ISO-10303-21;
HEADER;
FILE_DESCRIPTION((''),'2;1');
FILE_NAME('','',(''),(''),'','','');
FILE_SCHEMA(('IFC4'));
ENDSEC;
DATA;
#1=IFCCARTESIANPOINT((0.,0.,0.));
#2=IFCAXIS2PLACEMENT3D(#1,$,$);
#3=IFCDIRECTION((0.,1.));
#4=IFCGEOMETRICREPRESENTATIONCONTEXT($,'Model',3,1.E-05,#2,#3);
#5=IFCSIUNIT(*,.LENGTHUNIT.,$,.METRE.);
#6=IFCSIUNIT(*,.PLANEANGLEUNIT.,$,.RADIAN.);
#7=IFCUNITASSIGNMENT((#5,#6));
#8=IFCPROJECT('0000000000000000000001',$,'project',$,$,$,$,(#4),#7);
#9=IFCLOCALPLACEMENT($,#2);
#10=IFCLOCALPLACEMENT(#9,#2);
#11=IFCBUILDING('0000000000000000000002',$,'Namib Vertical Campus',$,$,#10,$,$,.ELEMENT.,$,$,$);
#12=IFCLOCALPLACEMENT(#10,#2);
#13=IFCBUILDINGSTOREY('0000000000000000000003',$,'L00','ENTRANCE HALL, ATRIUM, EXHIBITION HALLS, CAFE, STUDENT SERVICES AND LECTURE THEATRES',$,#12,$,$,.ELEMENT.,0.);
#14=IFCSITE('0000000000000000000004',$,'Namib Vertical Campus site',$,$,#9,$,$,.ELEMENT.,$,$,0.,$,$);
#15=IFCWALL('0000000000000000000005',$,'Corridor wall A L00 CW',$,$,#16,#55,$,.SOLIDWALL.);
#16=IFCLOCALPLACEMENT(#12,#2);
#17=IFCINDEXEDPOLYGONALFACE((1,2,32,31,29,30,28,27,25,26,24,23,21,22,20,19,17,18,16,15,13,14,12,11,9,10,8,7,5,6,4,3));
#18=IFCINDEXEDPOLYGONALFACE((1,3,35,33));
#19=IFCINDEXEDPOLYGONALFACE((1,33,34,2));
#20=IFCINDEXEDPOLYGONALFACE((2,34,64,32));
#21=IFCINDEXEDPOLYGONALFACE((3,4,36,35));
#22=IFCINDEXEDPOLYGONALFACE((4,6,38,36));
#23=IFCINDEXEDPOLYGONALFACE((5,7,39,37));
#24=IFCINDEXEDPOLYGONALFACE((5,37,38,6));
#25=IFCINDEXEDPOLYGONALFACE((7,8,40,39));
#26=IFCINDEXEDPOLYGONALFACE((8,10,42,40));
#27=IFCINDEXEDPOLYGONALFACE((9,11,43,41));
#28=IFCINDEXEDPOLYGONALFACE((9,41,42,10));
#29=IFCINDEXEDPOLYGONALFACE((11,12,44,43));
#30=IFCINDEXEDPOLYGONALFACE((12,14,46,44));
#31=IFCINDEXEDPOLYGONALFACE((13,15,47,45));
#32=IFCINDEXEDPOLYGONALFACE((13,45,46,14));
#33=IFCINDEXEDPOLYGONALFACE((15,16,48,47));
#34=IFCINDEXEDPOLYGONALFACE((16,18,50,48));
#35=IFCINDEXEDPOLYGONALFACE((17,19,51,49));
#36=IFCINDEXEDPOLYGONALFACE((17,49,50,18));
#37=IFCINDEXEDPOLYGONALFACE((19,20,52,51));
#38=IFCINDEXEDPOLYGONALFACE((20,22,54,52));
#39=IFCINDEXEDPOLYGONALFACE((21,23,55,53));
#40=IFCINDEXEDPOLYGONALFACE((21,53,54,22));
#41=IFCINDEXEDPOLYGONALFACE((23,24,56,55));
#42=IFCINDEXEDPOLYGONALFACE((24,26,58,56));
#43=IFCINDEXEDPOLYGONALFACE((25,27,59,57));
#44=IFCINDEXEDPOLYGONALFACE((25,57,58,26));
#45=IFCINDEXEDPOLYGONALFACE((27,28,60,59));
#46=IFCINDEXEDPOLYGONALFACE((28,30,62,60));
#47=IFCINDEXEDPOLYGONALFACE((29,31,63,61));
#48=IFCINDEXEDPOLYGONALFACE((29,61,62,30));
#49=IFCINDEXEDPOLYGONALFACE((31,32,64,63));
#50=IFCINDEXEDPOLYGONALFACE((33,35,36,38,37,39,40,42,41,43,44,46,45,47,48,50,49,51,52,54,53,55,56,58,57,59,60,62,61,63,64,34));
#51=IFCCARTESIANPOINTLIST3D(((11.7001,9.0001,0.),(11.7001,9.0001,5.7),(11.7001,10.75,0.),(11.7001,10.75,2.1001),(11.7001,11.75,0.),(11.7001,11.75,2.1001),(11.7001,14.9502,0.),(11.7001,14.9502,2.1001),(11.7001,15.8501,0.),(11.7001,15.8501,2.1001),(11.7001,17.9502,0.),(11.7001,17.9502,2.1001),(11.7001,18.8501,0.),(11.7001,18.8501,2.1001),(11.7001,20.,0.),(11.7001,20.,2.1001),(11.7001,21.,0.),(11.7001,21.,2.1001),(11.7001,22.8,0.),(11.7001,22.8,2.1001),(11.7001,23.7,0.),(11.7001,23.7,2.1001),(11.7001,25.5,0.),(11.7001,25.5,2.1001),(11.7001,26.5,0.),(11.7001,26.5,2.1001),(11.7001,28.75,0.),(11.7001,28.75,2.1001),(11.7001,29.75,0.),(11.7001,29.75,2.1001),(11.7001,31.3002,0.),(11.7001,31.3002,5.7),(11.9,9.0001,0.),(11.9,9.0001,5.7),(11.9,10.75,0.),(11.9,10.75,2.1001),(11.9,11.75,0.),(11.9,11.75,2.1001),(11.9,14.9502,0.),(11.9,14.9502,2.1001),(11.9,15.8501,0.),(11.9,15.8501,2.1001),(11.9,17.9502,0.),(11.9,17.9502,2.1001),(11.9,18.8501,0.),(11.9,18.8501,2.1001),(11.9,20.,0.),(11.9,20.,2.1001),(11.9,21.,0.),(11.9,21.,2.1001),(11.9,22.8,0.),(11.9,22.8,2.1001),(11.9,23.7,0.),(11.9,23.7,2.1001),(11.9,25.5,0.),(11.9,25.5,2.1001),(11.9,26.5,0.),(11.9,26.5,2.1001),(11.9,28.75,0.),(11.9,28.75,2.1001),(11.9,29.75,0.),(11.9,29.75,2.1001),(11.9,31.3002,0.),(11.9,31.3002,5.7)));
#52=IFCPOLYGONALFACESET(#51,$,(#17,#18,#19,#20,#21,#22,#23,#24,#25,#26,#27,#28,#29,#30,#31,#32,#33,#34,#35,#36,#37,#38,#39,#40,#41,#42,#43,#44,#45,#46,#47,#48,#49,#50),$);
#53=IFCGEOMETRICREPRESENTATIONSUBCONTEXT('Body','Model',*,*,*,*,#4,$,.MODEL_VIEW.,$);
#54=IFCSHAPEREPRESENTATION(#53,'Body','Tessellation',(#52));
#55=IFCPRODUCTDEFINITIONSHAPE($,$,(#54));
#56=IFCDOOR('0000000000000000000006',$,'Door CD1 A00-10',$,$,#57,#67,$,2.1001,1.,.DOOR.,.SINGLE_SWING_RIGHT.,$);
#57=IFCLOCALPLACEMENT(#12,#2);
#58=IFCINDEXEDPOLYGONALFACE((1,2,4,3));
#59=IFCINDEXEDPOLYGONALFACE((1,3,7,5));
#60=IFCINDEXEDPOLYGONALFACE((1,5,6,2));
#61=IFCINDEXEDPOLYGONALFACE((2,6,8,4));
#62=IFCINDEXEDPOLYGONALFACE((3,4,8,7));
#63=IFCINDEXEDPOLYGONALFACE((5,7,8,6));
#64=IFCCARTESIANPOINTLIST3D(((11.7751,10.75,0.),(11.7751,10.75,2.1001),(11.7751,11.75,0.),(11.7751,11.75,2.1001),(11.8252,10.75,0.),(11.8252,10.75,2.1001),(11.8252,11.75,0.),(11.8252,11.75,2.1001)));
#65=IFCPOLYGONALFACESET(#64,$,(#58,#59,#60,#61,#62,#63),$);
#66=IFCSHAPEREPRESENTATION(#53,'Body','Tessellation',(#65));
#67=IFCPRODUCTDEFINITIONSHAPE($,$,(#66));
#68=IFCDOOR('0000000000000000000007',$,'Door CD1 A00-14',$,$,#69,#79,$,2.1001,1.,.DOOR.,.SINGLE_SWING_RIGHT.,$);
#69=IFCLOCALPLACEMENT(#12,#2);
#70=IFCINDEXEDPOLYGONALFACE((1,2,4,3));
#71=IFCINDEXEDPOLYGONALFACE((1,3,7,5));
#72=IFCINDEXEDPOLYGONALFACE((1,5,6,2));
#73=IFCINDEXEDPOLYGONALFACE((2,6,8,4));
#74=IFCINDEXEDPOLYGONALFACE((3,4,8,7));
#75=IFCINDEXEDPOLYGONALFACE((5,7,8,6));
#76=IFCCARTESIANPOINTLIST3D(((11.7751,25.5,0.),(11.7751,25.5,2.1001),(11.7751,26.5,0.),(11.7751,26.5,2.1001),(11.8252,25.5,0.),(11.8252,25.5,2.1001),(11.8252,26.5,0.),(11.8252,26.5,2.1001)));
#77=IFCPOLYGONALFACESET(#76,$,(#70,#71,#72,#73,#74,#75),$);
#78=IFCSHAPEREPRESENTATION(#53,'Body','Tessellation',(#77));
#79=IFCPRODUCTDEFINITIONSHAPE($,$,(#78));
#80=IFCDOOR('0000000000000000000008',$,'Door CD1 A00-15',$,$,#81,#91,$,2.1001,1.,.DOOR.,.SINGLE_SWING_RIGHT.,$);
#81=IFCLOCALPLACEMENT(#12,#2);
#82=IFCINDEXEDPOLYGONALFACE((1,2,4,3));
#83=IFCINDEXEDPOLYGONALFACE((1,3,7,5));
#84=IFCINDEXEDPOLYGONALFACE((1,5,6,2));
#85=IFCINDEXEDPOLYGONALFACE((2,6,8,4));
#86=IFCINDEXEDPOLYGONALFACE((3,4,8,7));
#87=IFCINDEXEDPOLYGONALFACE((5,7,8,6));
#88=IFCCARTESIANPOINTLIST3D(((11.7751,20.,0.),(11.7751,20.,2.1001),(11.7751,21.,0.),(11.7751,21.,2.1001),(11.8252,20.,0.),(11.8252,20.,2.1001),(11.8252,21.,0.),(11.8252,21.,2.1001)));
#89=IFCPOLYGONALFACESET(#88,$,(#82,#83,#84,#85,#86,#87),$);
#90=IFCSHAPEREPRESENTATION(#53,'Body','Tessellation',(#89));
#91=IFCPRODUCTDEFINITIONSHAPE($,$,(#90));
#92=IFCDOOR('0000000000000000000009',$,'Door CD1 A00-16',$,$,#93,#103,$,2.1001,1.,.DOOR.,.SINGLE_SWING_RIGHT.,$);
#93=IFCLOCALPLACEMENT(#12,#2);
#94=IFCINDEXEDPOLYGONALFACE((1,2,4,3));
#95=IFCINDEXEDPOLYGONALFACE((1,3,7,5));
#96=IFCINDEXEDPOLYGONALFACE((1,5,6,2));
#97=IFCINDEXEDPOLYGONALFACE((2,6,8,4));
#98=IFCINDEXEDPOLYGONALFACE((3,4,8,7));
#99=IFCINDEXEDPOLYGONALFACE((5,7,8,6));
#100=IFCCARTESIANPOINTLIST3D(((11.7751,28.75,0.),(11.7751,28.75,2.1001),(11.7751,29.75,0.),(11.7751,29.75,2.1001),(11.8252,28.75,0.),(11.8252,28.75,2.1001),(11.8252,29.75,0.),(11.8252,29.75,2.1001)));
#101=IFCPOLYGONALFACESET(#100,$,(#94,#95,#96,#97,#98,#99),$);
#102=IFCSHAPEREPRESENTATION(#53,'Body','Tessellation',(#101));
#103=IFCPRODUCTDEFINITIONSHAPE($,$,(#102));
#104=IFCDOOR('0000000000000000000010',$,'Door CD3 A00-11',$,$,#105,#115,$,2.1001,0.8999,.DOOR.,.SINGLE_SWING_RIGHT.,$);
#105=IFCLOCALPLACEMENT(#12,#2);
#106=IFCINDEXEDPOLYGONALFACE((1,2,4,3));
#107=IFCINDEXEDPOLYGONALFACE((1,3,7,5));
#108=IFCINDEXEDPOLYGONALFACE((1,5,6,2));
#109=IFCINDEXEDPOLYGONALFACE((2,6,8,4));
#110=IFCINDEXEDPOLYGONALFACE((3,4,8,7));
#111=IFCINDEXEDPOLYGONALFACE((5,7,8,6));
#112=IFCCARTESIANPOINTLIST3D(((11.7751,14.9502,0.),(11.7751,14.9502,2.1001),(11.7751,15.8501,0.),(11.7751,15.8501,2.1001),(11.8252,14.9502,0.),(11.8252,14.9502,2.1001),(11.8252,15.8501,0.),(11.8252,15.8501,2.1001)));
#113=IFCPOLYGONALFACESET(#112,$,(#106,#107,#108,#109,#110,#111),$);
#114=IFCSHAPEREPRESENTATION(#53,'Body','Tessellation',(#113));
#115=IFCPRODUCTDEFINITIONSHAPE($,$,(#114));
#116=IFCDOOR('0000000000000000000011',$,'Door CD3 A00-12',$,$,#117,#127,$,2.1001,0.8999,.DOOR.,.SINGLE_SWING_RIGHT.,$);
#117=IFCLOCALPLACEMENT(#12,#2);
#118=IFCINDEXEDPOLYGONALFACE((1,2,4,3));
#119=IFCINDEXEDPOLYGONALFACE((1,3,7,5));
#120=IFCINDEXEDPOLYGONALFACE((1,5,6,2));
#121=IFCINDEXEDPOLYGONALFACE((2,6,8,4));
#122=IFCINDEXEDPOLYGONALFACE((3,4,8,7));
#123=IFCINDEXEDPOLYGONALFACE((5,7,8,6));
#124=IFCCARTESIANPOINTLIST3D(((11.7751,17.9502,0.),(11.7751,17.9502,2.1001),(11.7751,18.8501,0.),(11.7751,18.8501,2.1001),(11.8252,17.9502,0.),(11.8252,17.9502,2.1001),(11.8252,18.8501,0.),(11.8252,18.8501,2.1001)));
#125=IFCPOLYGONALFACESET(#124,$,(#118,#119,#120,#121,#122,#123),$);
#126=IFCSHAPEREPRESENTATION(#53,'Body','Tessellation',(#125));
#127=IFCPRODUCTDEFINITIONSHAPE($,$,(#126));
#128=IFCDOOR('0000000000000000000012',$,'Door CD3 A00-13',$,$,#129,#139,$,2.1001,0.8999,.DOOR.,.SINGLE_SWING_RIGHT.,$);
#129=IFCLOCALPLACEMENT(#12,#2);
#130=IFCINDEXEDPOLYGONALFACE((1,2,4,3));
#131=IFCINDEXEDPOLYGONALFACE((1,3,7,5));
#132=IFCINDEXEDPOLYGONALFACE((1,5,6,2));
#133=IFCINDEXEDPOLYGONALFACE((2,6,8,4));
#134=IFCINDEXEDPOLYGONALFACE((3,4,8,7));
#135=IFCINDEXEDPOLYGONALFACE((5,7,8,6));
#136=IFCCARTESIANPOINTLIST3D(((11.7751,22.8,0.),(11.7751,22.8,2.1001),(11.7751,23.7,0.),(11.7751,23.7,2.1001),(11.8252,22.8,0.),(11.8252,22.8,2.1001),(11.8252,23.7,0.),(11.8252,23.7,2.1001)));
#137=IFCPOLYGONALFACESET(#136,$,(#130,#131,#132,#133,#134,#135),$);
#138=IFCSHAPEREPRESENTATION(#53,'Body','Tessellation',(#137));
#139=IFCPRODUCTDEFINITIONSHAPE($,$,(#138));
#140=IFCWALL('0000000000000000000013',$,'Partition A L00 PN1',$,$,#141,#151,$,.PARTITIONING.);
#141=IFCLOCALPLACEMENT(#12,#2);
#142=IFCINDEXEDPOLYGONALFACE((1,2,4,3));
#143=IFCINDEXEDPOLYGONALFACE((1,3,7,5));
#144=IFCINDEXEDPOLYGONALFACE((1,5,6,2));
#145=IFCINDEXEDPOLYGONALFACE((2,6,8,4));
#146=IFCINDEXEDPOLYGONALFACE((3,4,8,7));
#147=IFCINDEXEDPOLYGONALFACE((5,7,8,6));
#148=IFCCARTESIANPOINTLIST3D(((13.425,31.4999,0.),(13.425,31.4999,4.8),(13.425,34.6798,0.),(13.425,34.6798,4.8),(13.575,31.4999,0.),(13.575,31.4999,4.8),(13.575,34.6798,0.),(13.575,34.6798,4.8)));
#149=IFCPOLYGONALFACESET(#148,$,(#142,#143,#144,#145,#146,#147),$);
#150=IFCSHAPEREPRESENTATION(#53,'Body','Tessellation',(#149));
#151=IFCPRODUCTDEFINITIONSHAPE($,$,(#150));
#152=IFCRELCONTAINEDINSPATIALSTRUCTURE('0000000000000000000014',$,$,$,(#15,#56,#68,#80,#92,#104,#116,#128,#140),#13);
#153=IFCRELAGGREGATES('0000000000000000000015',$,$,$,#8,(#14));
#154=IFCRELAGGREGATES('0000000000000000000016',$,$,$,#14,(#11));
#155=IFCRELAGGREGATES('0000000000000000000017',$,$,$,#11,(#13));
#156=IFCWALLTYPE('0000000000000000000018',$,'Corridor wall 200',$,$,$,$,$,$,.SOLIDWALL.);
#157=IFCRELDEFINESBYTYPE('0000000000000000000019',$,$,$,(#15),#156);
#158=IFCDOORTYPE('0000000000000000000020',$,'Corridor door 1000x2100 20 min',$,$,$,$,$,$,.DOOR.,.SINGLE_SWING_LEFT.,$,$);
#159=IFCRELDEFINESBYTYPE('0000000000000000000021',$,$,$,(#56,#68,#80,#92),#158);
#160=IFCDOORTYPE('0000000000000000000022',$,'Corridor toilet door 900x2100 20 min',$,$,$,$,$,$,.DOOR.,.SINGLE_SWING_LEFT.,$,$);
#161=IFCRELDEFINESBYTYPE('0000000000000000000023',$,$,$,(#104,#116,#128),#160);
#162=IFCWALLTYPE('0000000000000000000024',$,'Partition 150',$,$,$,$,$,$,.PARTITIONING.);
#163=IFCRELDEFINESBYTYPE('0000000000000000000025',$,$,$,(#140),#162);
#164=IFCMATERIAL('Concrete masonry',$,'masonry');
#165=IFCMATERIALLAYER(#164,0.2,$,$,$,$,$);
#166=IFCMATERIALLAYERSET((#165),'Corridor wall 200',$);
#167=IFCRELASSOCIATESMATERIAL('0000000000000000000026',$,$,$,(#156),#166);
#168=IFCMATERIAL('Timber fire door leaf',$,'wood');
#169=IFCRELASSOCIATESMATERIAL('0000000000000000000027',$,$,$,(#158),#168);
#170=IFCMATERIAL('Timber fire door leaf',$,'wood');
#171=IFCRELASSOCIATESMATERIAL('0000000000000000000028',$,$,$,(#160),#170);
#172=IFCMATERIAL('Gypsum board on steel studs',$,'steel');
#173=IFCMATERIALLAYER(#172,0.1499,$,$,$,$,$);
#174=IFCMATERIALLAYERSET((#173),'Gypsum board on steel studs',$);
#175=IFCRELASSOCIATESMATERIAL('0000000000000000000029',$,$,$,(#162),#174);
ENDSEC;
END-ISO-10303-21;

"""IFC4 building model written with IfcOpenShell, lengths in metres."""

from ifc_helpers import new_model, si_unit, direction, frame, frame_2d, origin, place, context, subcontext, project, spatial, rectangle, extrude, material, layer, layer_set, type_object, element, fill, save


model = new_model("IFC4")

# Units and contexts
model_context = context("Model", 3, precision=1e-05, world=origin(), true_north=direction((0.0, 1.0)))
body_context = subcontext(model_context, "Body", "Model", "MODEL_VIEW")
ifc_project = project(units=[si_unit("LENGTHUNIT", "METRE"), si_unit("PLANEANGLEUNIT", "RADIAN")], contexts=[model_context])

# Site, building, storey
site_placement = place(None, origin())
site = spatial("IfcSite", under=ifc_project, at=site_placement, Name="Namib Vertical Campus site", CompositionType="ELEMENT", RefElevation=0.0)
building_placement = place(site_placement, origin())
building = spatial("IfcBuilding", under=site, at=building_placement, Name="Namib Vertical Campus", CompositionType="ELEMENT")
storey_placement = place(building_placement, origin())
storey = spatial("IfcBuildingStorey", under=building, at=storey_placement, Name="L00", Description="ENTRANCE HALL, ATRIUM, EXHIBITION HALLS, CAFE, STUDENT SERVICES AND LECTURE THEATRES", CompositionType="ELEMENT", Elevation=0.0)

# Wall, openings, doors
ifc_material_1 = material(Name="Concrete masonry", Category="masonry")
ifc_layer_1 = layer(ifc_material_1, 0.2)
ifc_layer_set_1 = layer_set([ifc_layer_1], Name="Corridor wall 200")
wall_type_1 = type_object("IfcWallType", Name="Corridor wall 200", PredefinedType="SOLIDWALL", material=ifc_layer_set_1)
wall_1_placement = place(storey_placement, frame((11.8, 31.3, 0.0), z_axis=(0.0, 0.0, 1.0), x_axis=(0.0, -1.0, 0.0)))
wall_1 = element("IfcWall", 1, at=wall_1_placement, inside=storey, type_object=wall_type_1, Name="Corridor wall A L00 CW", PredefinedType="SOLIDWALL", context=body_context, shape_type="SweptSolid", body=[
    extrude(rectangle(XDim=22.3, YDim=0.2, at=frame_2d((11.1499, 0.0))), origin(), (0.0, 0.0, 1.0), 5.7),
])
opening_1_placement = place(wall_1_placement, frame((19.55, 0.0, 0.0)))
opening_1 = element("IfcOpeningElement", 2, at=opening_1_placement, cuts=wall_1, PredefinedType="OPENING", context=body_context, shape_type="SweptSolid", body=[
    extrude(rectangle(XDim=1.0, YDim=2.1001, at=frame_2d((0.5, 1.05))), frame((0.0, 0.1099, 0.0), z_axis=(0.0, -1.0, 0.0), x_axis=(1.0, 0.0, 0.0)), (0.0, 0.0, 1.0), 0.22),
])
opening_2_placement = place(wall_1_placement, frame((15.45, 0.0, 0.0)))
opening_2 = element("IfcOpeningElement", 3, at=opening_2_placement, cuts=wall_1, PredefinedType="OPENING", context=body_context, shape_type="SweptSolid", body=[
    extrude(rectangle(XDim=0.8999, YDim=2.1001, at=frame_2d((0.45, 1.05))), frame((0.0, 0.1099, 0.0), z_axis=(0.0, -1.0, 0.0), x_axis=(1.0, 0.0, 0.0)), (0.0, 0.0, 1.0), 0.22),
])
opening_3_placement = place(wall_1_placement, frame((12.45, 0.0, 0.0)))
opening_3 = element("IfcOpeningElement", 4, at=opening_3_placement, cuts=wall_1, PredefinedType="OPENING", context=body_context, shape_type="SweptSolid", body=[
    extrude(rectangle(XDim=0.8999, YDim=2.1001, at=frame_2d((0.45, 1.05))), frame((0.0, 0.1099, 0.0), z_axis=(0.0, -1.0, 0.0), x_axis=(1.0, 0.0, 0.0)), (0.0, 0.0, 1.0), 0.22),
])
opening_4_placement = place(wall_1_placement, frame((7.6001, 0.0, 0.0)))
opening_4 = element("IfcOpeningElement", 5, at=opening_4_placement, cuts=wall_1, PredefinedType="OPENING", context=body_context, shape_type="SweptSolid", body=[
    extrude(rectangle(XDim=0.8999, YDim=2.1001, at=frame_2d((0.45, 1.05))), frame((0.0, 0.1099, 0.0), z_axis=(0.0, -1.0, 0.0), x_axis=(1.0, 0.0, 0.0)), (0.0, 0.0, 1.0), 0.22),
])
opening_5_placement = place(wall_1_placement, frame((4.8, 0.0, 0.0)))
opening_5 = element("IfcOpeningElement", 6, at=opening_5_placement, cuts=wall_1, PredefinedType="OPENING", context=body_context, shape_type="SweptSolid", body=[
    extrude(rectangle(XDim=1.0, YDim=2.1001, at=frame_2d((0.5, 1.05))), frame((0.0, 0.1099, 0.0), z_axis=(0.0, -1.0, 0.0), x_axis=(1.0, 0.0, 0.0)), (0.0, 0.0, 1.0), 0.22),
])
opening_6_placement = place(wall_1_placement, frame((10.3, 0.0, 0.0)))
opening_6 = element("IfcOpeningElement", 7, at=opening_6_placement, cuts=wall_1, PredefinedType="OPENING", context=body_context, shape_type="SweptSolid", body=[
    extrude(rectangle(XDim=1.0, YDim=2.1001, at=frame_2d((0.5, 1.05))), frame((0.0, 0.1099, 0.0), z_axis=(0.0, -1.0, 0.0), x_axis=(1.0, 0.0, 0.0)), (0.0, 0.0, 1.0), 0.22),
])
opening_7_placement = place(wall_1_placement, frame((1.55, 0.0, 0.0)))
opening_7 = element("IfcOpeningElement", 8, at=opening_7_placement, cuts=wall_1, PredefinedType="OPENING", context=body_context, shape_type="SweptSolid", body=[
    extrude(rectangle(XDim=1.0, YDim=2.1001, at=frame_2d((0.5, 1.05))), frame((0.0, 0.1099, 0.0), z_axis=(0.0, -1.0, 0.0), x_axis=(1.0, 0.0, 0.0)), (0.0, 0.0, 1.0), 0.22),
])
ifc_material_2 = material(Name="Timber fire door leaf", Category="wood")
door_type_1 = type_object("IfcDoorType", Name="Corridor door 1000x2100 20 min", OperationType="SINGLE_SWING_LEFT", PredefinedType="DOOR", material=ifc_material_2)
door_1_placement = place(opening_1_placement, frame((1.0, 0.0, 0.0), z_axis=(0.0, 0.0, 1.0), x_axis=(-1.0, 0.0, 0.0)))
door_1 = element("IfcDoor", 9, at=door_1_placement, inside=storey, type_object=door_type_1, Name="Door CD1 A00-10", OperationType="SINGLE_SWING_RIGHT", OverallHeight=2.1001, OverallWidth=1.0, PredefinedType="DOOR", context=body_context, shape_type="SweptSolid", body=[
    extrude(rectangle(XDim=1.0, YDim=2.1001, at=frame_2d((0.5, 1.05))), frame((0.0, 0.0249, 0.0), z_axis=(0.0, -1.0, 0.0), x_axis=(1.0, 0.0, 0.0)), (0.0, 0.0, 1.0), 0.05),
])
fill(opening_1, door_1)
door_2_placement = place(opening_5_placement, frame((1.0, 0.0, 0.0), z_axis=(0.0, 0.0, 1.0), x_axis=(-1.0, 0.0, 0.0)))
door_2 = element("IfcDoor", 10, at=door_2_placement, inside=storey, type_object=door_type_1, Name="Door CD1 A00-14", OperationType="SINGLE_SWING_RIGHT", OverallHeight=2.1001, OverallWidth=1.0, PredefinedType="DOOR", context=body_context, shape_type="SweptSolid", body=[
    extrude(rectangle(XDim=1.0, YDim=2.1001, at=frame_2d((0.5, 1.05))), frame((0.0, 0.0249, 0.0), z_axis=(0.0, -1.0, 0.0), x_axis=(1.0, 0.0, 0.0)), (0.0, 0.0, 1.0), 0.05),
])
fill(opening_5, door_2)
door_3_placement = place(opening_6_placement, frame((1.0, 0.0, 0.0), z_axis=(0.0, 0.0, 1.0), x_axis=(-1.0, 0.0, 0.0)))
door_3 = element("IfcDoor", 11, at=door_3_placement, inside=storey, type_object=door_type_1, Name="Door CD1 A00-15", OperationType="SINGLE_SWING_RIGHT", OverallHeight=2.1001, OverallWidth=1.0, PredefinedType="DOOR", context=body_context, shape_type="SweptSolid", body=[
    extrude(rectangle(XDim=1.0, YDim=2.1001, at=frame_2d((0.5, 1.05))), frame((0.0, 0.0249, 0.0), z_axis=(0.0, -1.0, 0.0), x_axis=(1.0, 0.0, 0.0)), (0.0, 0.0, 1.0), 0.05),
])
fill(opening_6, door_3)
door_4_placement = place(opening_7_placement, frame((1.0, 0.0, 0.0), z_axis=(0.0, 0.0, 1.0), x_axis=(-1.0, 0.0, 0.0)))
door_4 = element("IfcDoor", 12, at=door_4_placement, inside=storey, type_object=door_type_1, Name="Door CD1 A00-16", OperationType="SINGLE_SWING_RIGHT", OverallHeight=2.1001, OverallWidth=1.0, PredefinedType="DOOR", context=body_context, shape_type="SweptSolid", body=[
    extrude(rectangle(XDim=1.0, YDim=2.1001, at=frame_2d((0.5, 1.05))), frame((0.0, 0.0249, 0.0), z_axis=(0.0, -1.0, 0.0), x_axis=(1.0, 0.0, 0.0)), (0.0, 0.0, 1.0), 0.05),
])
fill(opening_7, door_4)
ifc_material_3 = material(Name="Timber fire door leaf", Category="wood")
door_type_2 = type_object("IfcDoorType", Name="Corridor toilet door 900x2100 20 min", OperationType="SINGLE_SWING_LEFT", PredefinedType="DOOR", material=ifc_material_3)
door_5_placement = place(opening_2_placement, frame((0.8999, 0.0, 0.0), z_axis=(0.0, 0.0, 1.0), x_axis=(-1.0, 0.0, 0.0)))
door_5 = element("IfcDoor", 13, at=door_5_placement, inside=storey, type_object=door_type_2, Name="Door CD3 A00-11", OperationType="SINGLE_SWING_RIGHT", OverallHeight=2.1001, OverallWidth=0.8999, PredefinedType="DOOR", context=body_context, shape_type="SweptSolid", body=[
    extrude(rectangle(XDim=0.8999, YDim=2.1001, at=frame_2d((0.45, 1.05))), frame((0.0, 0.0249, 0.0), z_axis=(0.0, -1.0, 0.0), x_axis=(1.0, 0.0, 0.0)), (0.0, 0.0, 1.0), 0.05),
])
fill(opening_2, door_5)
door_6_placement = place(opening_3_placement, frame((0.8999, 0.0, 0.0), z_axis=(0.0, 0.0, 1.0), x_axis=(-1.0, 0.0, 0.0)))
door_6 = element("IfcDoor", 14, at=door_6_placement, inside=storey, type_object=door_type_2, Name="Door CD3 A00-12", OperationType="SINGLE_SWING_RIGHT", OverallHeight=2.1001, OverallWidth=0.8999, PredefinedType="DOOR", context=body_context, shape_type="SweptSolid", body=[
    extrude(rectangle(XDim=0.8999, YDim=2.1001, at=frame_2d((0.45, 1.05))), frame((0.0, 0.0249, 0.0), z_axis=(0.0, -1.0, 0.0), x_axis=(1.0, 0.0, 0.0)), (0.0, 0.0, 1.0), 0.05),
])
fill(opening_3, door_6)
door_7_placement = place(opening_4_placement, frame((0.8999, 0.0, 0.0), z_axis=(0.0, 0.0, 1.0), x_axis=(-1.0, 0.0, 0.0)))
door_7 = element("IfcDoor", 15, at=door_7_placement, inside=storey, type_object=door_type_2, Name="Door CD3 A00-13", OperationType="SINGLE_SWING_RIGHT", OverallHeight=2.1001, OverallWidth=0.8999, PredefinedType="DOOR", context=body_context, shape_type="SweptSolid", body=[
    extrude(rectangle(XDim=0.8999, YDim=2.1001, at=frame_2d((0.45, 1.05))), frame((0.0, 0.0249, 0.0), z_axis=(0.0, -1.0, 0.0), x_axis=(1.0, 0.0, 0.0)), (0.0, 0.0, 1.0), 0.05),
])
fill(opening_4, door_7)

# Wall
ifc_material_4 = material(Name="Gypsum board on steel studs", Category="steel")
ifc_layer_2 = layer(ifc_material_4, 0.1499)
ifc_layer_set_2 = layer_set([ifc_layer_2], Name="Gypsum board on steel studs")
wall_type_2 = type_object("IfcWallType", Name="Partition 150", PredefinedType="PARTITIONING", material=ifc_layer_set_2)
wall_2_placement = place(storey_placement, frame((13.5, 31.5, 0.0), z_axis=(0.0, 0.0, 1.0), x_axis=(0.0, 1.0, 0.0)))
element("IfcWall", 16, at=wall_2_placement, inside=storey, type_object=wall_type_2, Name="Partition A L00 PN1", PredefinedType="PARTITIONING", context=body_context, shape_type="SweptSolid", body=[
    extrude(rectangle(XDim=3.1799, YDim=0.1499, at=frame_2d((1.5898, 0.0))), origin(), (0.0, 0.0, 1.0), 4.8),
])

save(model, "model.ifc")
